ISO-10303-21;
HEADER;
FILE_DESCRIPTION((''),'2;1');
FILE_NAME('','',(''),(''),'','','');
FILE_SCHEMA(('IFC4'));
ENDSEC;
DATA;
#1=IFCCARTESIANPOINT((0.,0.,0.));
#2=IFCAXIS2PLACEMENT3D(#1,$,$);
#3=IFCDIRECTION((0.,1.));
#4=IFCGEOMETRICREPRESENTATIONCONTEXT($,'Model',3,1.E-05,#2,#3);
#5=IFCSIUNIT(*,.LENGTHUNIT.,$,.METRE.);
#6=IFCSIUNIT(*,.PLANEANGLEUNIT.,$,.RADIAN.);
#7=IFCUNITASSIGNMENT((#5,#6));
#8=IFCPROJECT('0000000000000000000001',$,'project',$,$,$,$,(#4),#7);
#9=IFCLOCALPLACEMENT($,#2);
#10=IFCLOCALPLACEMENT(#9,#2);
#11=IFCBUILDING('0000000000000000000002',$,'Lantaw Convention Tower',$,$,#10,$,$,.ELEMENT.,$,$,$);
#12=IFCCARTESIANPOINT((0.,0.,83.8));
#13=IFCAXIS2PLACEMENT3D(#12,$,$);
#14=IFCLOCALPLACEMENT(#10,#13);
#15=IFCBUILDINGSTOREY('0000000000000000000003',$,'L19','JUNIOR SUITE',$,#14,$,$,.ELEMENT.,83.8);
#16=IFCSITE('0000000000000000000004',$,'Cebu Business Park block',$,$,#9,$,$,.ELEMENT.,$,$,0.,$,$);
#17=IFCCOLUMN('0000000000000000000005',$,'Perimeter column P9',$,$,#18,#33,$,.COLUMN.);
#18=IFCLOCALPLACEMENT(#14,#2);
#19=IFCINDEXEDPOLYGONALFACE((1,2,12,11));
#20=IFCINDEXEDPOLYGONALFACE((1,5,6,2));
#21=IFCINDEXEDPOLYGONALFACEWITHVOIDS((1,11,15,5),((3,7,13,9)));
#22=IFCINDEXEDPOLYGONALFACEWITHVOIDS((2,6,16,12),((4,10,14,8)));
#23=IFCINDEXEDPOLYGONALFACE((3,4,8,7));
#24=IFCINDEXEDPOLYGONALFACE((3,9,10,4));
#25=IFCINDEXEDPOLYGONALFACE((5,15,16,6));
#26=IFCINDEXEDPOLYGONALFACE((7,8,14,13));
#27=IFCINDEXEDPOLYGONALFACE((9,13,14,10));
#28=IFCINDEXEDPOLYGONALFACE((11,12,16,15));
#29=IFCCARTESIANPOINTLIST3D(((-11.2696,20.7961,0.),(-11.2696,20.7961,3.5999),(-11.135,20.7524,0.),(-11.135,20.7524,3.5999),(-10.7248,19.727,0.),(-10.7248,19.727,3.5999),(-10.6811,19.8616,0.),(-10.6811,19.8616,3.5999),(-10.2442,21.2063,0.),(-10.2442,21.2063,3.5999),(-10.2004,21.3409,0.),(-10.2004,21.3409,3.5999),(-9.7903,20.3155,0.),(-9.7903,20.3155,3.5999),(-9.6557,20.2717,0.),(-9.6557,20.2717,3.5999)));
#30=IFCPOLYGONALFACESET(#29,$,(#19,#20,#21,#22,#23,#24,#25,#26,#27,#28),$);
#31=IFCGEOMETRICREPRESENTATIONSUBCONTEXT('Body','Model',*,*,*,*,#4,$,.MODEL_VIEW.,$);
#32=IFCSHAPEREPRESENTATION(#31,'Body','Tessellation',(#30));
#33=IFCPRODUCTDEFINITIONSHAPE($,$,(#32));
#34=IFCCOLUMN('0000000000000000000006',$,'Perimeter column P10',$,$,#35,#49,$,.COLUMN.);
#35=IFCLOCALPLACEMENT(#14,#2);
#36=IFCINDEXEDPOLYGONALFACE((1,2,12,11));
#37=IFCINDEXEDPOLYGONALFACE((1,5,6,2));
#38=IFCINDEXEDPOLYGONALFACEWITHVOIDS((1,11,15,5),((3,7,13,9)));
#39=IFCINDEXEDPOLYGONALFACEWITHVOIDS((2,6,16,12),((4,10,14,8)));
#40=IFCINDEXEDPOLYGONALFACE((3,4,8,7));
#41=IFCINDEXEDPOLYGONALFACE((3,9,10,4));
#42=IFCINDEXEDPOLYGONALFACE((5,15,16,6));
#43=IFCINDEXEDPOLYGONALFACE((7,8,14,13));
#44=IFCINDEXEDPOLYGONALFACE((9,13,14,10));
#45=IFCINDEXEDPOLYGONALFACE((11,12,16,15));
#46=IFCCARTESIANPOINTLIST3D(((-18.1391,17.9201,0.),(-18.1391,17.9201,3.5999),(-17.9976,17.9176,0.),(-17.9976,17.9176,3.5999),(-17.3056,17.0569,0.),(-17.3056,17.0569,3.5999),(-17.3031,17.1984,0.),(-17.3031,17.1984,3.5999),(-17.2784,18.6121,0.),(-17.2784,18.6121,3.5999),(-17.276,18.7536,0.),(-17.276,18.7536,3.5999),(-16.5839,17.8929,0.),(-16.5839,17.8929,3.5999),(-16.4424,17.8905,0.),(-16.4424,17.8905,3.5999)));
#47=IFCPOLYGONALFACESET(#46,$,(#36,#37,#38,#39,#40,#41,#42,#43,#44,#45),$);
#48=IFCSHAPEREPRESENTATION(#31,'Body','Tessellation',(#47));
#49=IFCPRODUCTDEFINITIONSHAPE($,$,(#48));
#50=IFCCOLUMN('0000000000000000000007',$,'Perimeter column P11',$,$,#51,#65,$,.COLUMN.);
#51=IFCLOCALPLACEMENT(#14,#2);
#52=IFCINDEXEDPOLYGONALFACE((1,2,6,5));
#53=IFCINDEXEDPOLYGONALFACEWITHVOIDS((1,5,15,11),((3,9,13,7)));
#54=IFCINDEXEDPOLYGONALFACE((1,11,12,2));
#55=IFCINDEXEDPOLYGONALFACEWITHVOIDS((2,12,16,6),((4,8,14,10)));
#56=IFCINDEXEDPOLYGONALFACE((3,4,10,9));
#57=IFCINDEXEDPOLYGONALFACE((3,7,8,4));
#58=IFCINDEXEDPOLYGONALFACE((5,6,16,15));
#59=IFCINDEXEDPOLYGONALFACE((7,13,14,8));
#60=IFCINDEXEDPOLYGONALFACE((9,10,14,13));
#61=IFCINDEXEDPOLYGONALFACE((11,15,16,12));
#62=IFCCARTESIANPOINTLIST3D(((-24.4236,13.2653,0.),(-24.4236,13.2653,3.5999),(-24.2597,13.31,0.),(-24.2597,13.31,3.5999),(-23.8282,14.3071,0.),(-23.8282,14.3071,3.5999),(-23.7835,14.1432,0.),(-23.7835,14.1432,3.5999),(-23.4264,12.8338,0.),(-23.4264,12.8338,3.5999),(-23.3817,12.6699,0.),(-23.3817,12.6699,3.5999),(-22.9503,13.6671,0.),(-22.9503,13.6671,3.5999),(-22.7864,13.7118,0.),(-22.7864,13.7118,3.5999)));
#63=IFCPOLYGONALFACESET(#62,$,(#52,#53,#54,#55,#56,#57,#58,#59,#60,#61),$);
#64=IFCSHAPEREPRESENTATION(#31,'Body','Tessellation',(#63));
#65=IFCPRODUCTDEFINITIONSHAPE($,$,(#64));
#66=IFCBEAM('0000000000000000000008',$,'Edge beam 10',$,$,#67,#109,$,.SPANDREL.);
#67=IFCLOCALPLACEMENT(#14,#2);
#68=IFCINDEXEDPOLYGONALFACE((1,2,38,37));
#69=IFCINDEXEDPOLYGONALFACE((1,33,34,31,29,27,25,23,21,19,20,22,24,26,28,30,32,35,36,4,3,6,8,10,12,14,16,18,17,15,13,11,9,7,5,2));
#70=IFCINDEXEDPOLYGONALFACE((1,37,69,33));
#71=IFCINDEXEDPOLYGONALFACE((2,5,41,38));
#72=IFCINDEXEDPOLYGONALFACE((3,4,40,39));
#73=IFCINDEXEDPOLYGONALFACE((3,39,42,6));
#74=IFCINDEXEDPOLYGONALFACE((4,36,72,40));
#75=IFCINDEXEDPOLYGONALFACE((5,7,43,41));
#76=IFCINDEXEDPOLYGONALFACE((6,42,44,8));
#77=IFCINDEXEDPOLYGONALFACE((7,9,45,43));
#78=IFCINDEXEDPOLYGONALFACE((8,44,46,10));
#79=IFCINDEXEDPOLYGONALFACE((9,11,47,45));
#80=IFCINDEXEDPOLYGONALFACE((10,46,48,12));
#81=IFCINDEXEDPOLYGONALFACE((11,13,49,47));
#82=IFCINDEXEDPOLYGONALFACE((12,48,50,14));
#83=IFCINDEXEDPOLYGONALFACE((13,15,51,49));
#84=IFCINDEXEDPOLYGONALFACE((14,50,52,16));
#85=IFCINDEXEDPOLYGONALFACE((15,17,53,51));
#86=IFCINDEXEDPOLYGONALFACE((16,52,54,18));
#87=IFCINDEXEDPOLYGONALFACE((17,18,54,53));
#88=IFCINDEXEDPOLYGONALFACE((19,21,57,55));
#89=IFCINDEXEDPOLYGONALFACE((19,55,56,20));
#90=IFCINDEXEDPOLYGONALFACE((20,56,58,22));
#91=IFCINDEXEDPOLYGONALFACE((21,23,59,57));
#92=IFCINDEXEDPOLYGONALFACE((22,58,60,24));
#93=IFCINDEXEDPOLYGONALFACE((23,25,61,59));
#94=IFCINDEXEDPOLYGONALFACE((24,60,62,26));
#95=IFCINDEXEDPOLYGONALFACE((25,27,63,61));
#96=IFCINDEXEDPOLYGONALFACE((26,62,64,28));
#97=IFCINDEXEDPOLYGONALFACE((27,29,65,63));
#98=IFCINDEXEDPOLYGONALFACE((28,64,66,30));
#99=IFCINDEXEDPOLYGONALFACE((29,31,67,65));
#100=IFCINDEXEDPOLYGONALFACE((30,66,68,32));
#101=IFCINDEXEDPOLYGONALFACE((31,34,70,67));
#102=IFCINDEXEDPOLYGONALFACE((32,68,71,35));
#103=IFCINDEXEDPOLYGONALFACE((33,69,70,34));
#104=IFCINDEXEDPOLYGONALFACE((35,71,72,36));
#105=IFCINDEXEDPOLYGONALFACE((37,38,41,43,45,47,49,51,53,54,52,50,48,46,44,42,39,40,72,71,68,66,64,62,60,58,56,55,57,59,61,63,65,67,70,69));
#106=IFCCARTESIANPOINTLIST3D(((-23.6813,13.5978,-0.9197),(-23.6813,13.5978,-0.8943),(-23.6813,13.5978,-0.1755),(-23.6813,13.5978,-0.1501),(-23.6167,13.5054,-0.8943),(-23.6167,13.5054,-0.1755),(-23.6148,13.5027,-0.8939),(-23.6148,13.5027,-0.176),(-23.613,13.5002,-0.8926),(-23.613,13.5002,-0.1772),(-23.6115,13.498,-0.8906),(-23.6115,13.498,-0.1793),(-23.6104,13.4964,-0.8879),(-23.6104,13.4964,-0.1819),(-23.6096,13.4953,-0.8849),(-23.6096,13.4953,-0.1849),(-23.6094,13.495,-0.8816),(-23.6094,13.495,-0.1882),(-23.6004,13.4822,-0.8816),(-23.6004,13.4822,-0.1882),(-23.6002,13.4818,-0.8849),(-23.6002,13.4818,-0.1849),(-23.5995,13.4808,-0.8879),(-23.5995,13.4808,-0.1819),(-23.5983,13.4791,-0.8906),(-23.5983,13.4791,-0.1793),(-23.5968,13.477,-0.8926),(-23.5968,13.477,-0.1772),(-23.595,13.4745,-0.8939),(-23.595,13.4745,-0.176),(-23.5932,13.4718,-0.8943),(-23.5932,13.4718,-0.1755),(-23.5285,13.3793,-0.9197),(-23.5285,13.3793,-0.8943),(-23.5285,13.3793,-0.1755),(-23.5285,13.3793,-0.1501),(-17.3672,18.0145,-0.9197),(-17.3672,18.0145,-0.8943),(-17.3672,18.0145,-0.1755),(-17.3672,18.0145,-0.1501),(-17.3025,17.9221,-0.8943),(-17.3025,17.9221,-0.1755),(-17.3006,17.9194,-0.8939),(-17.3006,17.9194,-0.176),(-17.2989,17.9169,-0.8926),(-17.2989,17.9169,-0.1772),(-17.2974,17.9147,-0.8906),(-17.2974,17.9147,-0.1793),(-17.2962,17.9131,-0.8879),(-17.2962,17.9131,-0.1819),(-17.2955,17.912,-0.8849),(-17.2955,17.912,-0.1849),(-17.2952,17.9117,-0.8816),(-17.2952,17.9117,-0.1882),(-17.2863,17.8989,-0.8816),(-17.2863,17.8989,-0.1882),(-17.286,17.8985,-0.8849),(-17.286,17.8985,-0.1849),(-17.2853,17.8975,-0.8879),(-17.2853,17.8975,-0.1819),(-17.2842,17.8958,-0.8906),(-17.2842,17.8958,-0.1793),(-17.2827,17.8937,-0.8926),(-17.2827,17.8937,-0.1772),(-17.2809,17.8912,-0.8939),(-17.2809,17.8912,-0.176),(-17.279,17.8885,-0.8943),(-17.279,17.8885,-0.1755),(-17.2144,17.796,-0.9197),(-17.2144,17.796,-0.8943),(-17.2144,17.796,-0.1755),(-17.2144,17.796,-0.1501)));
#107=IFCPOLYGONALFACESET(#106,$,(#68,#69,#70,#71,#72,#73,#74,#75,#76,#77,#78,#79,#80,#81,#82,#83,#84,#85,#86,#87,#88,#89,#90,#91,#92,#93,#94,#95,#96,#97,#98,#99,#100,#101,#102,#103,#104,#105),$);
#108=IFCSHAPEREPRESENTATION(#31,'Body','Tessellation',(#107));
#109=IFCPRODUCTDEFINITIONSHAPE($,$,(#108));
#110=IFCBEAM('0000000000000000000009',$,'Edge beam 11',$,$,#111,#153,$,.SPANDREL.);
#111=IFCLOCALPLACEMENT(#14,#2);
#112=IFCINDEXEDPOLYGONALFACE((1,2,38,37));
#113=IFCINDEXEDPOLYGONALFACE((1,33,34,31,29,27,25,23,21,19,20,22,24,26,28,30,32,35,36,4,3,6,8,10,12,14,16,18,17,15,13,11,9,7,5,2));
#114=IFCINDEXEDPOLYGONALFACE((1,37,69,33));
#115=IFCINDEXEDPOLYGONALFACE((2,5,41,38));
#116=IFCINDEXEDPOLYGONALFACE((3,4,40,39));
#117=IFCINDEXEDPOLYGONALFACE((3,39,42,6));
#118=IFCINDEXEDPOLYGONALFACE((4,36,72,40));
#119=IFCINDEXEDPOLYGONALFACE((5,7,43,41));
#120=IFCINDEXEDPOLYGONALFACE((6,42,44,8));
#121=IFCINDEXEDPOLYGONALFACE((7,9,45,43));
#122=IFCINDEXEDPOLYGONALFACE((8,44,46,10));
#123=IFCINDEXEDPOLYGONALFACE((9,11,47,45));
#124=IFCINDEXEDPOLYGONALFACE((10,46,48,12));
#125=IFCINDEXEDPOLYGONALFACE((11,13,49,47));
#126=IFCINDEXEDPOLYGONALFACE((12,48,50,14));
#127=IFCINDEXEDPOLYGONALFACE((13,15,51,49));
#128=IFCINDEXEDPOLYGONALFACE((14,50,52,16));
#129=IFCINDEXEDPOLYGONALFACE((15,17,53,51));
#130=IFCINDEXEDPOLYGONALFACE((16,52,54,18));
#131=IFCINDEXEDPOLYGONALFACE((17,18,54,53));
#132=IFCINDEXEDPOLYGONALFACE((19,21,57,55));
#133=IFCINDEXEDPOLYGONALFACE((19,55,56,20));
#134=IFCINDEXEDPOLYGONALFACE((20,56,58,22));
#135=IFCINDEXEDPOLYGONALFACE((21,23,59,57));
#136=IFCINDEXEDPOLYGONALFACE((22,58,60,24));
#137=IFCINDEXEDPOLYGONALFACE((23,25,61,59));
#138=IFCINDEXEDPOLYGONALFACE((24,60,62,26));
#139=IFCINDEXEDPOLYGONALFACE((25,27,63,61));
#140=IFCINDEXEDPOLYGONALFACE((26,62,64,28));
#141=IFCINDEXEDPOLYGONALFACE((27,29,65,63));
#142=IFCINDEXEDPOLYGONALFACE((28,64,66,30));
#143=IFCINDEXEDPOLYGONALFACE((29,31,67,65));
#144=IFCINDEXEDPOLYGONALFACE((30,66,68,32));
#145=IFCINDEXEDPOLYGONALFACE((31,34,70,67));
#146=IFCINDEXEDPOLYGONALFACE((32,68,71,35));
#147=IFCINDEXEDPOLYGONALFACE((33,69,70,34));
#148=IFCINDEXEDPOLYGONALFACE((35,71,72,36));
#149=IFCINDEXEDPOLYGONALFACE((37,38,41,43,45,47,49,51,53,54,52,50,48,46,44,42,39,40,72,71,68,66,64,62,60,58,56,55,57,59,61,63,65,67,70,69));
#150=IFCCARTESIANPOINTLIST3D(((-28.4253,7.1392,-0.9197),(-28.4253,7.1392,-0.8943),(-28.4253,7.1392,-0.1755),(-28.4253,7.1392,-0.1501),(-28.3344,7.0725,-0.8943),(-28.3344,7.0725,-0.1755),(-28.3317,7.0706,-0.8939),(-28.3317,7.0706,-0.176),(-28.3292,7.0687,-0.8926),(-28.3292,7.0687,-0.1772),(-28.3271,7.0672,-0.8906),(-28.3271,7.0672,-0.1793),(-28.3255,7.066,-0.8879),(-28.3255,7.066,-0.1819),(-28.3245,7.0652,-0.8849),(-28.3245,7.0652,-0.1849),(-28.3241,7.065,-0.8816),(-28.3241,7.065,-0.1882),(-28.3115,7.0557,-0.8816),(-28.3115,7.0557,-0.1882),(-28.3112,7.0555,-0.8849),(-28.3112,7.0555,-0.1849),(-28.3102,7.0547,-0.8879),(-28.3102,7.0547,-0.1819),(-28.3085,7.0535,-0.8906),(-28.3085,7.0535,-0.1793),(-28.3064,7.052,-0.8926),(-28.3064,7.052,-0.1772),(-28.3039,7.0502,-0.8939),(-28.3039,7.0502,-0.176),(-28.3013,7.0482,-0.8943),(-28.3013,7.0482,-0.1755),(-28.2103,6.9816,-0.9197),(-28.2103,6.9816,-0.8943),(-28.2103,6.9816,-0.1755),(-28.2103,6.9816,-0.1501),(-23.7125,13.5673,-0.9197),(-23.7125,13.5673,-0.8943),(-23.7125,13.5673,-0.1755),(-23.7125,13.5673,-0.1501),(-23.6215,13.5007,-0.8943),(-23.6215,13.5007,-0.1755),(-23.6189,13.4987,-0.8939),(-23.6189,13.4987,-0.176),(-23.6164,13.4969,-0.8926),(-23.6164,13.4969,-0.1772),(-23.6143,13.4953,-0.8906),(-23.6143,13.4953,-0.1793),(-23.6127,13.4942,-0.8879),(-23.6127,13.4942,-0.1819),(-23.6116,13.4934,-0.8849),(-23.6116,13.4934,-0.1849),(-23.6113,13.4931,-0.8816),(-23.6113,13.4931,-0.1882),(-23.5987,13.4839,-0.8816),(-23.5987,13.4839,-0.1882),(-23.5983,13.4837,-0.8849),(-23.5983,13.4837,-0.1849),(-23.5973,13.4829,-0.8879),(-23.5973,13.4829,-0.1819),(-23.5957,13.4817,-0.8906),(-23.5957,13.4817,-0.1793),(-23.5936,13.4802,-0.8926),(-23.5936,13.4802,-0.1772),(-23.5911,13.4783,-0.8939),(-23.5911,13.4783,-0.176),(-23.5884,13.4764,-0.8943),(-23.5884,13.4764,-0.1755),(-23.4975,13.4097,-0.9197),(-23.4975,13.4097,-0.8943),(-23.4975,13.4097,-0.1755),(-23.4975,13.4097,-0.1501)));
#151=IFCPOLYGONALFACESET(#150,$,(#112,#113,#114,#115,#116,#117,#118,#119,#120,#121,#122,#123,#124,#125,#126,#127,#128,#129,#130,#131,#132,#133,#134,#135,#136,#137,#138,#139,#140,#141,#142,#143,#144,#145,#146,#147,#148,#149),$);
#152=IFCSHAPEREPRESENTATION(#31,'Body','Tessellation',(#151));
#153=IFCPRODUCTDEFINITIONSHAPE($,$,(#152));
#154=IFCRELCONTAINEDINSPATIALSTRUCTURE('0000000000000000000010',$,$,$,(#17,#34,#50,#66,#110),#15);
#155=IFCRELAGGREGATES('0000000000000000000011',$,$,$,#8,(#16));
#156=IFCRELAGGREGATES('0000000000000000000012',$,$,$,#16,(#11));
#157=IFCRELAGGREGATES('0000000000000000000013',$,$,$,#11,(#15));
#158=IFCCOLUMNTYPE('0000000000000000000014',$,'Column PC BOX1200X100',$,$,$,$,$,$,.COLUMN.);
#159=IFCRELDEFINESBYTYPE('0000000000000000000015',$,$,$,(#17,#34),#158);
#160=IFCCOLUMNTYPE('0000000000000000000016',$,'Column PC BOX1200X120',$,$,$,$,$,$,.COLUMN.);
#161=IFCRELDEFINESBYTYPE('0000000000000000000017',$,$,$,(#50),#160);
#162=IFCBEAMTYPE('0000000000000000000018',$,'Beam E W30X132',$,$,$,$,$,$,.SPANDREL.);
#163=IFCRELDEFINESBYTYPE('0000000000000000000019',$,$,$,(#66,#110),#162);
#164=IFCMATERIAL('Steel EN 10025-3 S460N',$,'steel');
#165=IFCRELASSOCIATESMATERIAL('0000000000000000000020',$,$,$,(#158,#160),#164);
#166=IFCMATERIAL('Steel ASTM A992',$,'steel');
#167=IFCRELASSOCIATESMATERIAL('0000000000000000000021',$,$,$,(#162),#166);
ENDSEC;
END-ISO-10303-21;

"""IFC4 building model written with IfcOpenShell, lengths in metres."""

from ifc_helpers import new_model, si_unit, direction, frame, origin, origin_2d, place, context, subcontext, project, spatial, rectangle, hollow_rectangle, i_section, extrude, material, material_profile, profile_set, type_object, element, save


model = new_model("IFC4")

# Units and contexts
model_context = context("Model", 3, precision=1e-05, world=origin(), true_north=direction((0.0, 1.0)))
body_context = subcontext(model_context, "Body", "Model", "MODEL_VIEW")
ifc_project = project(units=[si_unit("LENGTHUNIT", "METRE"), si_unit("PLANEANGLEUNIT", "RADIAN")], contexts=[model_context])

# Site, building, storey
site_placement = place(None, origin())
site = spatial("IfcSite", under=ifc_project, at=site_placement, Name="Cebu Business Park block", CompositionType="ELEMENT", RefElevation=0.0)
building_placement = place(site_placement, origin())
building = spatial("IfcBuilding", under=site, at=building_placement, Name="Lantaw Convention Tower", CompositionType="ELEMENT")
storey_placement = place(building_placement, frame((0.0, 0.0, 83.8)))
storey = spatial("IfcBuildingStorey", under=building, at=storey_placement, Name="L19", Description="JUNIOR SUITE", CompositionType="ELEMENT", Elevation=83.8)

# Columns
ifc_material_1 = material(Name="Steel EN 10025-3 S460N", Category="steel")
ifc_material_profile_1 = material_profile(ifc_material_1, hollow_rectangle(XDim=1.2, YDim=1.2, WallThickness=0.1001, at=origin_2d()), Name="BOX1200X100")
ifc_material_2 = material(Name="Concrete C60/75", Category="concrete")
ifc_material_profile_2 = material_profile(ifc_material_2, rectangle(XDim=1.0, YDim=1.0, at=origin_2d()), Name="Concrete fill of BOX1200X100")
ifc_profile_set_1 = profile_set([ifc_material_profile_1, ifc_material_profile_2], Name="Steel EN 10025-3 S460N")
column_type_1 = type_object("IfcColumnType", Name="Column PC BOX1200X100", PredefinedType="COLUMN", material=ifc_profile_set_1)
for number, where, z_axis, x_axis, name in (
    (1, (-10.4626, 20.5339, 0.0), (0.0, 0.0, 1.0), (0.891007, 0.45399, 0.0), "Perimeter column P9"),
    (2, (-17.2908, 17.9053, 0.0), (0.0, 0.0, 1.0), (0.71934, 0.694658, 0.0), "Perimeter column P10"),
):
    element("IfcColumn", number, at=place(storey_placement, frame(where, z_axis=z_axis, x_axis=x_axis)), inside=storey, type_object=column_type_1, Name=name, PredefinedType="COLUMN", context=body_context, shape_type="SweptSolid", body=[
        extrude(hollow_rectangle(XDim=1.2, YDim=1.2, WallThickness=0.1001, at=origin_2d()), origin(), (0.0, 0.0, 1.0), 3.5999),
    ])
ifc_material_profile_3 = material_profile(ifc_material_1, hollow_rectangle(XDim=1.2, YDim=1.2, WallThickness=0.1201, at=origin_2d()), Name="BOX1200X120")
ifc_material_profile_4 = material_profile(ifc_material_2, rectangle(XDim=0.96, YDim=0.96, at=origin_2d()), Name="Concrete fill of BOX1200X120")
ifc_profile_set_2 = profile_set([ifc_material_profile_3, ifc_material_profile_4], Name="Steel EN 10025-3 S460N")
column_type_2 = type_object("IfcColumnType", Name="Column PC BOX1200X120", PredefinedType="COLUMN", material=ifc_profile_set_2)
column_placement = place(storey_placement, frame((-23.605, 13.4885, 0.0), z_axis=(0.0, 0.0, 1.0), x_axis=(0.496139, 0.868243, 0.0)))
element("IfcColumn", 3, at=column_placement, inside=storey, type_object=column_type_2, Name="Perimeter column P11", PredefinedType="COLUMN", context=body_context, shape_type="SweptSolid", body=[
    extrude(hollow_rectangle(XDim=1.2, YDim=1.2, WallThickness=0.1201, at=origin_2d()), origin(), (0.0, 0.0, 1.0), 3.5999),
])

# Beams
ifc_material_3 = material(Name="Steel ASTM A992", Category="steel")
ifc_material_profile_5 = material_profile(ifc_material_3, i_section(OverallWidth=0.2666, OverallDepth=0.7695, WebThickness=0.0156, FlangeThickness=0.0254, FilletRadius=0.0127, at=origin_2d()), Name="W30X132")
ifc_profile_set_3 = profile_set([ifc_material_profile_5], Name="Steel ASTM A992")
beam_type_1 = type_object("IfcBeamType", Name="Beam E W30X132", PredefinedType="SPANDREL", material=ifc_profile_set_3)
beam_1_placement = place(storey_placement, frame((-17.2908, 17.9053, -0.5349), z_axis=(-0.819427, -0.573184, 0.0), x_axis=(0.573184, -0.819427, 0.0)))
element("IfcBeam", 4, at=beam_1_placement, inside=storey, type_object=beam_type_1, Name="Edge beam 10", PredefinedType="SPANDREL", context=body_context, shape_type="SweptSolid", body=[
    extrude(i_section(OverallWidth=0.2666, OverallDepth=0.7695, WebThickness=0.0156, FlangeThickness=0.0254, FilletRadius=0.0127, at=origin_2d()), origin(), (0.0, 0.0, 1.0), 7.7056),
])
beam_2_placement = place(storey_placement, frame((-23.605, 13.4885, -0.5349), z_axis=(-0.591271, -0.806473, 0.0), x_axis=(0.806473, -0.591271, 0.0)))
element("IfcBeam", 5, at=beam_2_placement, inside=storey, type_object=beam_type_1, Name="Edge beam 11", PredefinedType="SPANDREL", context=body_context, shape_type="SweptSolid", body=[
    extrude(i_section(OverallWidth=0.2666, OverallDepth=0.7695, WebThickness=0.0156, FlangeThickness=0.0254, FilletRadius=0.0127, at=origin_2d()), origin(), (0.0, 0.0, 1.0), 7.9707),
])

save(model, "model.ifc")
